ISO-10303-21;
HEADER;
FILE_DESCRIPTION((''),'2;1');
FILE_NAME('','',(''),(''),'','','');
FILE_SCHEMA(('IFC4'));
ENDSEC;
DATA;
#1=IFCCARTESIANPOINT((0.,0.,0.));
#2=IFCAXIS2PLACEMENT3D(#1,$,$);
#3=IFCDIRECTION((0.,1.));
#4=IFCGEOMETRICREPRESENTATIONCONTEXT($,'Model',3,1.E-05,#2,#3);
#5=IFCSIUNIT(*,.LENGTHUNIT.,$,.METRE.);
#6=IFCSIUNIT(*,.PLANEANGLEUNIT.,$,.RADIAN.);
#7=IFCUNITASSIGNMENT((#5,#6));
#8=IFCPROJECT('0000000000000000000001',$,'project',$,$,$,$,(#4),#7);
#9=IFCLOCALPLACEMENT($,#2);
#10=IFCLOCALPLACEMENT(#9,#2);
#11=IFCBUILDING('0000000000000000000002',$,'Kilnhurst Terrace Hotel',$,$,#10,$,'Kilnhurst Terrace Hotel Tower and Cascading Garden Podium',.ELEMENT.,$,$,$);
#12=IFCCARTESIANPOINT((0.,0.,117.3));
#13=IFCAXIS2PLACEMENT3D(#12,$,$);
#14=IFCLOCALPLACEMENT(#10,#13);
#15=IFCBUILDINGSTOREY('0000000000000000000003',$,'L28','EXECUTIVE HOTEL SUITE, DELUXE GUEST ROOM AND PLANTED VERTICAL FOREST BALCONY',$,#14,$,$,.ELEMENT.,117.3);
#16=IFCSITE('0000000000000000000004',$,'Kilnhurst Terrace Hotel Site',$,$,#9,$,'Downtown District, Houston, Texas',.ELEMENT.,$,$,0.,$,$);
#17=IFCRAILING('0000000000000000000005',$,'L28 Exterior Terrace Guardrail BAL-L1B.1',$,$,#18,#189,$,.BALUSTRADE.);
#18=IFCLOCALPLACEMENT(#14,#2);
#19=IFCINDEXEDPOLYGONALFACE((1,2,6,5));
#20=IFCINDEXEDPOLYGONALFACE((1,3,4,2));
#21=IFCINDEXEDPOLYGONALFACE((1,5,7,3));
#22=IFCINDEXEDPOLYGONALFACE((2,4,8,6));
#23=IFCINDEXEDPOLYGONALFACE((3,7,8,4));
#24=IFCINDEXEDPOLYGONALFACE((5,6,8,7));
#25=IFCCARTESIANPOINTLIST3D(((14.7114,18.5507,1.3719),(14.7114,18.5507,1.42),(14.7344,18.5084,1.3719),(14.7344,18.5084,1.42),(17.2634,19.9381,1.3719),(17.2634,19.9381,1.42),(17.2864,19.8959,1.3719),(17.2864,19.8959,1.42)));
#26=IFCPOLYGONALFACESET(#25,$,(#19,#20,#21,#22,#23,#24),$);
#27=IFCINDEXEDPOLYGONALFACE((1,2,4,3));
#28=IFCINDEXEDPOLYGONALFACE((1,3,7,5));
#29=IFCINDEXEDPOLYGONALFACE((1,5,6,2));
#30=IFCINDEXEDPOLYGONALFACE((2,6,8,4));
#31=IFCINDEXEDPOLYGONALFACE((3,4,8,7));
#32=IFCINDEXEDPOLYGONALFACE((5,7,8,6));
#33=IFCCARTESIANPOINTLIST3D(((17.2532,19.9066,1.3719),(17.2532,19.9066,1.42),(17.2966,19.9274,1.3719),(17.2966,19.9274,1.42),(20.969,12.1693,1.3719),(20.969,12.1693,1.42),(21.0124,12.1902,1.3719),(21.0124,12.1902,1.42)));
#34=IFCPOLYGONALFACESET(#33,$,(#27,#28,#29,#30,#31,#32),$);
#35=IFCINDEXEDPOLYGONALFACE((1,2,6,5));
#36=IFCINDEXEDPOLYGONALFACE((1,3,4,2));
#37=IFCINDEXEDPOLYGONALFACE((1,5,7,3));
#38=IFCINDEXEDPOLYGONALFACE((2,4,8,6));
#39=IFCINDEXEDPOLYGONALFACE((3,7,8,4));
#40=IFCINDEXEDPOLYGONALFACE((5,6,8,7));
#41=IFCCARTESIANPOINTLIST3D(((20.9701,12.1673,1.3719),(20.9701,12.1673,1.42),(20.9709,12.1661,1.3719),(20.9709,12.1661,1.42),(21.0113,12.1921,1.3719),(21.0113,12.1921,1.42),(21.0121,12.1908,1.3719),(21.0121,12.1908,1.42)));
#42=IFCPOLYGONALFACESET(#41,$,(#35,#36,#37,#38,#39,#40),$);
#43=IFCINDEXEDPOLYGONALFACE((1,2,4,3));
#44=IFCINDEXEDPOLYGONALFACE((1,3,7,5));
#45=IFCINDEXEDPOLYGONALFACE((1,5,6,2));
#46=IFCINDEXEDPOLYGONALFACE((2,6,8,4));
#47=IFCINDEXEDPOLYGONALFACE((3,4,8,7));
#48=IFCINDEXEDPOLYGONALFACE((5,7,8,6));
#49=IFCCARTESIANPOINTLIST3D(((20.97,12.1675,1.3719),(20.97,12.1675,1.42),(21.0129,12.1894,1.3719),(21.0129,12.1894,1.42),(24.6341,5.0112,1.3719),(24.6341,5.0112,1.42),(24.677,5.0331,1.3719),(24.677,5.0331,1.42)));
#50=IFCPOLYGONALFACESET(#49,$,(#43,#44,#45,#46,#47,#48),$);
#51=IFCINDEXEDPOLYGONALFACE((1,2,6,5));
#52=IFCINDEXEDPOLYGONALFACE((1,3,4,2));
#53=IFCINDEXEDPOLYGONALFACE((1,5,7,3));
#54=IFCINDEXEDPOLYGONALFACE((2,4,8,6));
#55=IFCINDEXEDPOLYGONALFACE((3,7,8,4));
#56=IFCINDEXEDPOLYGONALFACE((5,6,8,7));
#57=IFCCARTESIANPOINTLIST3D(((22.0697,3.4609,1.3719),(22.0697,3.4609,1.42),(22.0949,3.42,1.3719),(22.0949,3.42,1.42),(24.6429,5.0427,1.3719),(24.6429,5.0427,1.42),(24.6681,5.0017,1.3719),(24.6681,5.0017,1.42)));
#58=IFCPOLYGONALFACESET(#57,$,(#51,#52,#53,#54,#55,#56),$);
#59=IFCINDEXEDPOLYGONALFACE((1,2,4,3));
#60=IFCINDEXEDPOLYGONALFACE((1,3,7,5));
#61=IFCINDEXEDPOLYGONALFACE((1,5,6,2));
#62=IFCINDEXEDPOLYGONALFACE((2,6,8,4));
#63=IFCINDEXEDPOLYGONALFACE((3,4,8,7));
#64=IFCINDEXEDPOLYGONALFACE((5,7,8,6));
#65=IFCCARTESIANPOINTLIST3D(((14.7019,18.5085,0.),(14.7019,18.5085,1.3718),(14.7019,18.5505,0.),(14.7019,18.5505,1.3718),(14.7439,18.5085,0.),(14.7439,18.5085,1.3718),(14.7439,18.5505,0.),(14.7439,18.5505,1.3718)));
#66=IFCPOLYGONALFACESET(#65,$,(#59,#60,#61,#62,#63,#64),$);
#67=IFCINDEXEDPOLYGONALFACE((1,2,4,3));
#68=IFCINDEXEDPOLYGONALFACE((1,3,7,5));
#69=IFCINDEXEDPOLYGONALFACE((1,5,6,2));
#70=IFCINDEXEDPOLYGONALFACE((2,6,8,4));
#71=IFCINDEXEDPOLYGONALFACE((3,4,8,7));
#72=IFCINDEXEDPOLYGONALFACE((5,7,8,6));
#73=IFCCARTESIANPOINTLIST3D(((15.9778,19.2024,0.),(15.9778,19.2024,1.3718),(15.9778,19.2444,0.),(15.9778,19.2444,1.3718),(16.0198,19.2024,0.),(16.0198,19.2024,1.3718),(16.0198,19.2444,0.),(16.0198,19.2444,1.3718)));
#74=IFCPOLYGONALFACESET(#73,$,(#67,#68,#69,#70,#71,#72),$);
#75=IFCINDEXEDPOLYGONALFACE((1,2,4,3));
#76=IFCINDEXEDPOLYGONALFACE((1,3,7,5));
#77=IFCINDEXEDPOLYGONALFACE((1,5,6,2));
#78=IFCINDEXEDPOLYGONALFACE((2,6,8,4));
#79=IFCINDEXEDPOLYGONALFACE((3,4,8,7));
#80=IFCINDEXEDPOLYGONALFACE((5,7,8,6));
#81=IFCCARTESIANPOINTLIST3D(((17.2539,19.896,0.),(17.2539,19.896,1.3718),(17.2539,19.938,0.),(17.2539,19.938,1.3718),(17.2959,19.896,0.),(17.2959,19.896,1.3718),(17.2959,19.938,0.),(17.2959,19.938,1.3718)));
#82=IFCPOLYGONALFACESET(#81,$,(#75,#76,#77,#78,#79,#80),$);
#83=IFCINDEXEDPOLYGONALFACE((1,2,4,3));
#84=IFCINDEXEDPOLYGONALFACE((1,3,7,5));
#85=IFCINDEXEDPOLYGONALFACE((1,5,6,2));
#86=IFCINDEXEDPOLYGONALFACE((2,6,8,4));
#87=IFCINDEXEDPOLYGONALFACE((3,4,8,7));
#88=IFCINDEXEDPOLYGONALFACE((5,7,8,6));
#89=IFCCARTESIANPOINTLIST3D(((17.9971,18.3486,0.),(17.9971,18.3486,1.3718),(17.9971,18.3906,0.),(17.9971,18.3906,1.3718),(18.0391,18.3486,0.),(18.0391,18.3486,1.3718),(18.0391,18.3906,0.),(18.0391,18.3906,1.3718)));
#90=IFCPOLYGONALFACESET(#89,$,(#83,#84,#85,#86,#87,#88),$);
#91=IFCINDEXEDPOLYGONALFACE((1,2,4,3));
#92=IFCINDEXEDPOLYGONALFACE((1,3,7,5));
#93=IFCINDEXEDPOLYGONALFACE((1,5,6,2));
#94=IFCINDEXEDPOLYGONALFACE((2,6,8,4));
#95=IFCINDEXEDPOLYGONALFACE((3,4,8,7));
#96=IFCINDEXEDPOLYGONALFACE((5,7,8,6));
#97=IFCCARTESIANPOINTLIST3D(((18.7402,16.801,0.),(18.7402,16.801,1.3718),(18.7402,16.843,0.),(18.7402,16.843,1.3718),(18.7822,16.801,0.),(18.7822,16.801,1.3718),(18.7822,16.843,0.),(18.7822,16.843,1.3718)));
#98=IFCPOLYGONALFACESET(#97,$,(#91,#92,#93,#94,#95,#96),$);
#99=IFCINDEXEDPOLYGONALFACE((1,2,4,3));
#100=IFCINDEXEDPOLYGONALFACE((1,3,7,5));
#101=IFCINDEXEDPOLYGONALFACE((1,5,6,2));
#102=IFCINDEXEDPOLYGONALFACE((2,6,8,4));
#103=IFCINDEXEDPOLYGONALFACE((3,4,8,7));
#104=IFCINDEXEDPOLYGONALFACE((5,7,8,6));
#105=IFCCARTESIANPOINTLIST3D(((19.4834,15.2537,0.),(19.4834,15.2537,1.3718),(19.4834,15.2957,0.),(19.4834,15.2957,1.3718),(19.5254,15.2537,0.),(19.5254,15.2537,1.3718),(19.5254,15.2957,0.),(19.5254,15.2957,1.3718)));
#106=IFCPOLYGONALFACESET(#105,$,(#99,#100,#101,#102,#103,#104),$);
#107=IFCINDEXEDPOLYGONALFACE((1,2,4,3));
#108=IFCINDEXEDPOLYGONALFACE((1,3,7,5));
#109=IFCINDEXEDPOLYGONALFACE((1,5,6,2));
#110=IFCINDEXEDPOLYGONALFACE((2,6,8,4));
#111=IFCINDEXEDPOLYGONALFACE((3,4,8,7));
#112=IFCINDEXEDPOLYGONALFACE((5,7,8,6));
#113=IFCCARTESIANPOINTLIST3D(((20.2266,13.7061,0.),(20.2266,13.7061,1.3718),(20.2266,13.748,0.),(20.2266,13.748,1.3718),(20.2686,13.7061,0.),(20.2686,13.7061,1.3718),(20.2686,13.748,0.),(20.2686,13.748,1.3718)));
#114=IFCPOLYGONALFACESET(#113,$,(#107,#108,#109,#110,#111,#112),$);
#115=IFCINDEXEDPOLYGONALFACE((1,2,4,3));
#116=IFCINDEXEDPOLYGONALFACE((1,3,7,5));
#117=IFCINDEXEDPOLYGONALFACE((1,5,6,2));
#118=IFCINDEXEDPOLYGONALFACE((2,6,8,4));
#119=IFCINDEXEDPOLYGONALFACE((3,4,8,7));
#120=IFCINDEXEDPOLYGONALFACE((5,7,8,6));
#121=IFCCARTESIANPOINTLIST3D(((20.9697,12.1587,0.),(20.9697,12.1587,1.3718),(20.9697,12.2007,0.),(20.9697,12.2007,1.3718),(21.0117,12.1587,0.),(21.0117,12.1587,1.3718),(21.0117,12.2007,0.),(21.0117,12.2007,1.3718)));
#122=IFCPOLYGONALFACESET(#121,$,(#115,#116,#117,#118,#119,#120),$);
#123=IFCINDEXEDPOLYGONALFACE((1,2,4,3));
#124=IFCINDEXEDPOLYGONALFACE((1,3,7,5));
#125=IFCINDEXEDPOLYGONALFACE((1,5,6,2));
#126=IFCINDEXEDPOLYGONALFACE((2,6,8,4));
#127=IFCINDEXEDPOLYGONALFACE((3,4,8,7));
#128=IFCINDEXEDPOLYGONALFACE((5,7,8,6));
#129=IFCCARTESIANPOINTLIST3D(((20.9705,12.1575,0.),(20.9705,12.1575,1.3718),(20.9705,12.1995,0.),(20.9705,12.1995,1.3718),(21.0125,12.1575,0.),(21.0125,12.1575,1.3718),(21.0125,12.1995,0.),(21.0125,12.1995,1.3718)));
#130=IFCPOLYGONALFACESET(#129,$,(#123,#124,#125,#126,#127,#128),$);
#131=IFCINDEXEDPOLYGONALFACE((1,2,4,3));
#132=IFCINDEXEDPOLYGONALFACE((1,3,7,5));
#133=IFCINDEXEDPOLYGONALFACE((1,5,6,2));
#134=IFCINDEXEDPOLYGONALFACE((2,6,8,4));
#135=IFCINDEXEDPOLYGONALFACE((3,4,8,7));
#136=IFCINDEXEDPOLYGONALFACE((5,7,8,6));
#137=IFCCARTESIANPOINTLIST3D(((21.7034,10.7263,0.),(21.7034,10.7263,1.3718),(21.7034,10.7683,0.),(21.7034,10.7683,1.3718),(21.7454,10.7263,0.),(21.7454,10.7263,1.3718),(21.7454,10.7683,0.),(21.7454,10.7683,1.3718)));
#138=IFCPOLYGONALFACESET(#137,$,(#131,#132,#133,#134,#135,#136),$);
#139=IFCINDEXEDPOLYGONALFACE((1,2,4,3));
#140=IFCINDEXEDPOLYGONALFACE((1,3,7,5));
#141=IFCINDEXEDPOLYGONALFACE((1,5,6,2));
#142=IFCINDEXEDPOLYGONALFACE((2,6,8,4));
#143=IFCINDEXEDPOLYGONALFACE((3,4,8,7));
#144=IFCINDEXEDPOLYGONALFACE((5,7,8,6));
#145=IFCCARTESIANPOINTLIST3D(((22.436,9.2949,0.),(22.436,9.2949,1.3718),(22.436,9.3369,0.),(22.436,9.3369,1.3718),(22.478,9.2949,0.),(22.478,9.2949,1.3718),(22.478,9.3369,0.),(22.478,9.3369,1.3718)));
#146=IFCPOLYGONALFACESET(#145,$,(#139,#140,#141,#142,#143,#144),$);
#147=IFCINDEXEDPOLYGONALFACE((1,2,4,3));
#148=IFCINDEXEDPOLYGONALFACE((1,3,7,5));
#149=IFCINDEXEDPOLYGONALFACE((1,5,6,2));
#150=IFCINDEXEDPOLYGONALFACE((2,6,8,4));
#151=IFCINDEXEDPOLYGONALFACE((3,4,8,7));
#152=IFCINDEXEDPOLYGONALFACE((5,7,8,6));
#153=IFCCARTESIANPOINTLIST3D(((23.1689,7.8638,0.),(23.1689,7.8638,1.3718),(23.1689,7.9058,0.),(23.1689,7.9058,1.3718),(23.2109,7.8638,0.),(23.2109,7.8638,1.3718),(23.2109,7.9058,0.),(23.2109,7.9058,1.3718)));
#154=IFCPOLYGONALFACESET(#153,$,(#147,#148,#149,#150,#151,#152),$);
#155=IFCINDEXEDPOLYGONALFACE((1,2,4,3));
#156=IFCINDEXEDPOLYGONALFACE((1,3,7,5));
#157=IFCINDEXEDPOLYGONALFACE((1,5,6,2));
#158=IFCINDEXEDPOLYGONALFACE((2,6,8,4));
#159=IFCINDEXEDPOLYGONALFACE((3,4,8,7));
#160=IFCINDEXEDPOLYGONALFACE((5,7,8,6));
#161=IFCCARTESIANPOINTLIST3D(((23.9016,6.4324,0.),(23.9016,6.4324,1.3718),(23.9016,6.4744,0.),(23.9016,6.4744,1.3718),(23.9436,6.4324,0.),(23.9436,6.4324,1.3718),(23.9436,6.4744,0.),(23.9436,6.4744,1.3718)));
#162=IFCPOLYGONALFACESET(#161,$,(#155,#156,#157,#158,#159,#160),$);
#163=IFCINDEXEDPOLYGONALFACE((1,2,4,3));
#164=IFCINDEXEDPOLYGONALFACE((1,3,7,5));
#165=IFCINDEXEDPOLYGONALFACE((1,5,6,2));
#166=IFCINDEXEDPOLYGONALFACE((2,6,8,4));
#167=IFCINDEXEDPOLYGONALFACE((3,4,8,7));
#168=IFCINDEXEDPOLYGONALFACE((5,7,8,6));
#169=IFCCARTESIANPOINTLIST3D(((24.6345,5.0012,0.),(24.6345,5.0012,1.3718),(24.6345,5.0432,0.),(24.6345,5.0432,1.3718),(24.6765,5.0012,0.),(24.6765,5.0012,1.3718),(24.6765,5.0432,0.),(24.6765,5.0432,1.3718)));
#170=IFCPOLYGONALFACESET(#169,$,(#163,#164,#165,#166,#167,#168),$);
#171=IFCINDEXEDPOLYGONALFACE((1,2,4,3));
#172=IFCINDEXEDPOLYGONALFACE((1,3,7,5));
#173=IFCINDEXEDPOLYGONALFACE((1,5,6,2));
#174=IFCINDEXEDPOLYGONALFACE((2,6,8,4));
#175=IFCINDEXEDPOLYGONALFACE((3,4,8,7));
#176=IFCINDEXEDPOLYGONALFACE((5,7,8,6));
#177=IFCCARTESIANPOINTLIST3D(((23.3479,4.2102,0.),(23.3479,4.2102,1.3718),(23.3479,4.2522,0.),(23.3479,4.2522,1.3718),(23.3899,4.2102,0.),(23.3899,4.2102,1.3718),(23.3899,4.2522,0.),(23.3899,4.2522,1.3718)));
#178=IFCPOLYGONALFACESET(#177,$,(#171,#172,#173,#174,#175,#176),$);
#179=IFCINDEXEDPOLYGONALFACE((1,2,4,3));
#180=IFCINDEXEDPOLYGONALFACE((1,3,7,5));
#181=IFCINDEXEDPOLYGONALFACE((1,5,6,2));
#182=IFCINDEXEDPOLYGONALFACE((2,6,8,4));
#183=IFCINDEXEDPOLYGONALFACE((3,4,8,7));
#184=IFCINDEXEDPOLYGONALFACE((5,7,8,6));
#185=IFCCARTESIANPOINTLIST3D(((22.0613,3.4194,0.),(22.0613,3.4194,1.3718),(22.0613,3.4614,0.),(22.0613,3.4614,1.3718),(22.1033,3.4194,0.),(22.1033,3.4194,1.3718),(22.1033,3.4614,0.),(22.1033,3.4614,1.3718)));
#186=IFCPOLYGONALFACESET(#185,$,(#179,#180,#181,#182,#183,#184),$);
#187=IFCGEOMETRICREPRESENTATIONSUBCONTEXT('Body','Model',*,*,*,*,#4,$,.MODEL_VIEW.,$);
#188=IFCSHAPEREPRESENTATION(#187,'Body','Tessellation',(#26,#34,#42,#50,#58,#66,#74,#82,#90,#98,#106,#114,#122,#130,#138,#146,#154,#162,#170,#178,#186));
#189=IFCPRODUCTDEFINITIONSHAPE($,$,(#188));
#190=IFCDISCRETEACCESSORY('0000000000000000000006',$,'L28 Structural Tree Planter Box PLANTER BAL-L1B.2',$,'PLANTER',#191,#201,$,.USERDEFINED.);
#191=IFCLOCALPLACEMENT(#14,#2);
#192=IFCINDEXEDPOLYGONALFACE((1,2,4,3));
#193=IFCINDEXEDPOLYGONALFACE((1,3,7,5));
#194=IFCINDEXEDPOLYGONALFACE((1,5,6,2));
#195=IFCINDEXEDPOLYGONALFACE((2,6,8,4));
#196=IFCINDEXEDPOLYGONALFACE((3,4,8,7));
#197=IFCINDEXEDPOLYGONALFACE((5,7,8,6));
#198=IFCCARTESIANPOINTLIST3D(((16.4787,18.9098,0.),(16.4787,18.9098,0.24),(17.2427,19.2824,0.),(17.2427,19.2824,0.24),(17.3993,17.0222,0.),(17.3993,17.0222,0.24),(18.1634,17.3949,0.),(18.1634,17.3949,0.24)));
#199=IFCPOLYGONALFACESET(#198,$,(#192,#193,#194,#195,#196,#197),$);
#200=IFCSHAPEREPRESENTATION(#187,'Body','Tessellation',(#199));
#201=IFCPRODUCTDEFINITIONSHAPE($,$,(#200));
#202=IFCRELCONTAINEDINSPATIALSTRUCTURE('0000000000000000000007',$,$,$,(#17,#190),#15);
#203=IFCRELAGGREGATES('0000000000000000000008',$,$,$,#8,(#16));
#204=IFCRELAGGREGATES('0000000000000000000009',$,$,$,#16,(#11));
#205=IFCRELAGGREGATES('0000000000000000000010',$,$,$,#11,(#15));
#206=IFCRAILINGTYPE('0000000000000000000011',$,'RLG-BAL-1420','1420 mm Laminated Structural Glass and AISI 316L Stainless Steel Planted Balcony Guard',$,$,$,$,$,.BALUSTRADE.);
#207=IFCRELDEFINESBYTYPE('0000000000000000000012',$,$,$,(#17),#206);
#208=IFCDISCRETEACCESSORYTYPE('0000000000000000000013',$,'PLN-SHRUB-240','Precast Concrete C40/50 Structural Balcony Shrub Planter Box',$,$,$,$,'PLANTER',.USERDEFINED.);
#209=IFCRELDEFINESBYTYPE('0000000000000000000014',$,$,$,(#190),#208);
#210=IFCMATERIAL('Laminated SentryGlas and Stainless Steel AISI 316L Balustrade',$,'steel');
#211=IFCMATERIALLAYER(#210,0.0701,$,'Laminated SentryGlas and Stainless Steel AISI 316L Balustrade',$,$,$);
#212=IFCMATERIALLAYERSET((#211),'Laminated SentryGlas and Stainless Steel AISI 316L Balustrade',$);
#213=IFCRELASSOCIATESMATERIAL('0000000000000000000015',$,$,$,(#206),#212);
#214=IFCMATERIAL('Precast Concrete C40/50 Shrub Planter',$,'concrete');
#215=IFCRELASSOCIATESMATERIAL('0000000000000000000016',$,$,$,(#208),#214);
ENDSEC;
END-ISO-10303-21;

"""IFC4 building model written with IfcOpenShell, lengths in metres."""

from ifc_helpers import new_model, si_unit, direction, frame, origin, origin_2d, place, context, subcontext, project, spatial, rectangle, extrude, material, layer, layer_set, type_object, element, save


model = new_model("IFC4")

# Units and contexts
model_context = context("Model", 3, precision=1e-05, world=origin(), true_north=direction((0.0, 1.0)))
body_context = subcontext(model_context, "Body", "Model", "MODEL_VIEW")
ifc_project = project(units=[si_unit("LENGTHUNIT", "METRE"), si_unit("PLANEANGLEUNIT", "RADIAN")], contexts=[model_context])

# Site, building, storey
site_placement = place(None, origin())
site = spatial("IfcSite", under=ifc_project, at=site_placement, Name="Kilnhurst Terrace Hotel Site", LongName="Downtown District, Houston, Texas", CompositionType="ELEMENT", RefElevation=0.0)
building_placement = place(site_placement, origin())
building = spatial("IfcBuilding", under=site, at=building_placement, Name="Kilnhurst Terrace Hotel", LongName="Kilnhurst Terrace Hotel Tower and Cascading Garden Podium", CompositionType="ELEMENT")
storey_placement = place(building_placement, frame((0.0, 0.0, 117.3)))
storey = spatial("IfcBuildingStorey", under=building, at=storey_placement, Name="L28", Description="EXECUTIVE HOTEL SUITE, DELUXE GUEST ROOM AND PLANTED VERTICAL FOREST BALCONY", CompositionType="ELEMENT", Elevation=117.3)

# Railing
ifc_material_1 = material(Name="Laminated SentryGlas and Stainless Steel AISI 316L Balustrade", Category="steel")
ifc_layer_1 = layer(ifc_material_1, 0.0701, Name="Laminated SentryGlas and Stainless Steel AISI 316L Balustrade")
ifc_layer_set_1 = layer_set([ifc_layer_1], Name="Laminated SentryGlas and Stainless Steel AISI 316L Balustrade")
railing_type = type_object("IfcRailingType", Name="RLG-BAL-1420", Description="1420 mm Laminated Structural Glass and AISI 316L Stainless Steel Planted Balcony Guard", PredefinedType="BALUSTRADE", material=ifc_layer_set_1)
railing_placement = place(storey_placement, frame((14.7229, 18.5295, 0.0)))
element("IfcRailing", 1, at=railing_placement, inside=storey, type_object=railing_type, Name="L28 Exterior Terrace Guardrail BAL-L1B.1", PredefinedType="BALUSTRADE", context=body_context, shape_type="SweptSolid", body=[
    extrude(rectangle(XDim=0.0481, YDim=0.0481, at=origin_2d()), frame((0.0, 0.0, 1.396), z_axis=(0.878553, 0.477644, 0.0), x_axis=(-0.477644, 0.878553, 0.0)), (0.0, 0.0, 1.0), 2.9048),
    extrude(rectangle(XDim=0.0481, YDim=0.0481, at=origin_2d()), frame((2.552, 1.3875, 1.396), z_axis=(0.432912, -0.901436, 0.0), x_axis=(0.901436, 0.432912, 0.0)), (0.0, 0.0, 1.0), 8.5833),
    extrude(rectangle(XDim=0.0481, YDim=0.0481, at=origin_2d()), frame((6.2678, -6.3499, 1.396), z_axis=(0.514496, -0.857493, 0.0), x_axis=(0.857493, 0.514496, 0.0)), (0.0, 0.0, 1.0), 0.0015),
    extrude(rectangle(XDim=0.0481, YDim=0.0481, at=origin_2d()), frame((6.2686, -6.3511, 1.396), z_axis=(0.455744, -0.890111, 0.0), x_axis=(0.890111, 0.455744, 0.0)), (0.0, 0.0, 1.0), 8.0398),
    extrude(rectangle(XDim=0.0481, YDim=0.0481, at=origin_2d()), frame((9.9326, -13.5073, 1.396), z_axis=(-0.851916, -0.523678, 0.0), x_axis=(0.523678, -0.851916, 0.0)), (0.0, 0.0, 1.0), 3.0205),
    extrude(rectangle(XDim=0.042, YDim=0.042, at=origin_2d()), origin(), (0.0, 0.0, 1.0), 1.3718),
    extrude(rectangle(XDim=0.042, YDim=0.042, at=origin_2d()), frame((1.2759, 0.6938, 0.0)), (0.0, 0.0, 1.0), 1.3718),
    extrude(rectangle(XDim=0.042, YDim=0.042, at=origin_2d()), frame((2.552, 1.3875, 0.0)), (0.0, 0.0, 1.0), 1.3718),
    extrude(rectangle(XDim=0.042, YDim=0.042, at=origin_2d()), frame((3.2952, -0.1599, 0.0)), (0.0, 0.0, 1.0), 1.3718),
    extrude(rectangle(XDim=0.042, YDim=0.042, at=origin_2d()), frame((4.0383, -1.7075, 0.0)), (0.0, 0.0, 1.0), 1.3718),
    extrude(rectangle(XDim=0.042, YDim=0.042, at=origin_2d()), frame((4.7815, -3.2549, 0.0)), (0.0, 0.0, 1.0), 1.3718),
    extrude(rectangle(XDim=0.042, YDim=0.042, at=origin_2d()), frame((5.5247, -4.8025, 0.0)), (0.0, 0.0, 1.0), 1.3718),
    extrude(rectangle(XDim=0.042, YDim=0.042, at=origin_2d()), frame((6.2678, -6.3499, 0.0)), (0.0, 0.0, 1.0), 1.3718),
    extrude(rectangle(XDim=0.042, YDim=0.042, at=origin_2d()), frame((6.2686, -6.3511, 0.0)), (0.0, 0.0, 1.0), 1.3718),
    extrude(rectangle(XDim=0.042, YDim=0.042, at=origin_2d()), frame((7.0015, -7.7822, 0.0)), (0.0, 0.0, 1.0), 1.3718),
    extrude(rectangle(XDim=0.042, YDim=0.042, at=origin_2d()), frame((7.7341, -9.2136, 0.0)), (0.0, 0.0, 1.0), 1.3718),
    extrude(rectangle(XDim=0.042, YDim=0.042, at=origin_2d()), frame((8.467, -10.6448, 0.0)), (0.0, 0.0, 1.0), 1.3718),
    extrude(rectangle(XDim=0.042, YDim=0.042, at=origin_2d()), frame((9.1997, -12.0762, 0.0)), (0.0, 0.0, 1.0), 1.3718),
    extrude(rectangle(XDim=0.042, YDim=0.042, at=origin_2d()), frame((9.9326, -13.5073, 0.0)), (0.0, 0.0, 1.0), 1.3718),
    extrude(rectangle(XDim=0.042, YDim=0.042, at=origin_2d()), frame((8.646, -14.2983, 0.0)), (0.0, 0.0, 1.0), 1.3718),
    extrude(rectangle(XDim=0.042, YDim=0.042, at=origin_2d()), frame((7.3594, -15.0891, 0.0)), (0.0, 0.0, 1.0), 1.3718),
])

# Discrete accessory
ifc_material_2 = material(Name="Precast Concrete C40/50 Shrub Planter", Category="concrete")
discrete_accessory_type = type_object("IfcDiscreteAccessoryType", Name="PLN-SHRUB-240", Description="Precast Concrete C40/50 Structural Balcony Shrub Planter Box", ElementType="PLANTER", PredefinedType="USERDEFINED", material=ifc_material_2)
discrete_accessory_placement = place(storey_placement, frame((17.321, 18.1523, 0.0), z_axis=(0.0, 0.0, 1.0), x_axis=(-0.438387, 0.898786, 0.0)))
element("IfcDiscreteAccessory", 2, at=discrete_accessory_placement, inside=storey, type_object=discrete_accessory_type, Name="L28 Structural Tree Planter Box PLANTER BAL-L1B.2", ObjectType="PLANTER", PredefinedType="USERDEFINED", context=body_context, shape_type="SweptSolid", body=[
    extrude(rectangle(XDim=2.1001, YDim=0.8501, at=origin_2d()), origin(), (0.0, 0.0, 1.0), 0.24),
])

save(model, "model.ifc")
